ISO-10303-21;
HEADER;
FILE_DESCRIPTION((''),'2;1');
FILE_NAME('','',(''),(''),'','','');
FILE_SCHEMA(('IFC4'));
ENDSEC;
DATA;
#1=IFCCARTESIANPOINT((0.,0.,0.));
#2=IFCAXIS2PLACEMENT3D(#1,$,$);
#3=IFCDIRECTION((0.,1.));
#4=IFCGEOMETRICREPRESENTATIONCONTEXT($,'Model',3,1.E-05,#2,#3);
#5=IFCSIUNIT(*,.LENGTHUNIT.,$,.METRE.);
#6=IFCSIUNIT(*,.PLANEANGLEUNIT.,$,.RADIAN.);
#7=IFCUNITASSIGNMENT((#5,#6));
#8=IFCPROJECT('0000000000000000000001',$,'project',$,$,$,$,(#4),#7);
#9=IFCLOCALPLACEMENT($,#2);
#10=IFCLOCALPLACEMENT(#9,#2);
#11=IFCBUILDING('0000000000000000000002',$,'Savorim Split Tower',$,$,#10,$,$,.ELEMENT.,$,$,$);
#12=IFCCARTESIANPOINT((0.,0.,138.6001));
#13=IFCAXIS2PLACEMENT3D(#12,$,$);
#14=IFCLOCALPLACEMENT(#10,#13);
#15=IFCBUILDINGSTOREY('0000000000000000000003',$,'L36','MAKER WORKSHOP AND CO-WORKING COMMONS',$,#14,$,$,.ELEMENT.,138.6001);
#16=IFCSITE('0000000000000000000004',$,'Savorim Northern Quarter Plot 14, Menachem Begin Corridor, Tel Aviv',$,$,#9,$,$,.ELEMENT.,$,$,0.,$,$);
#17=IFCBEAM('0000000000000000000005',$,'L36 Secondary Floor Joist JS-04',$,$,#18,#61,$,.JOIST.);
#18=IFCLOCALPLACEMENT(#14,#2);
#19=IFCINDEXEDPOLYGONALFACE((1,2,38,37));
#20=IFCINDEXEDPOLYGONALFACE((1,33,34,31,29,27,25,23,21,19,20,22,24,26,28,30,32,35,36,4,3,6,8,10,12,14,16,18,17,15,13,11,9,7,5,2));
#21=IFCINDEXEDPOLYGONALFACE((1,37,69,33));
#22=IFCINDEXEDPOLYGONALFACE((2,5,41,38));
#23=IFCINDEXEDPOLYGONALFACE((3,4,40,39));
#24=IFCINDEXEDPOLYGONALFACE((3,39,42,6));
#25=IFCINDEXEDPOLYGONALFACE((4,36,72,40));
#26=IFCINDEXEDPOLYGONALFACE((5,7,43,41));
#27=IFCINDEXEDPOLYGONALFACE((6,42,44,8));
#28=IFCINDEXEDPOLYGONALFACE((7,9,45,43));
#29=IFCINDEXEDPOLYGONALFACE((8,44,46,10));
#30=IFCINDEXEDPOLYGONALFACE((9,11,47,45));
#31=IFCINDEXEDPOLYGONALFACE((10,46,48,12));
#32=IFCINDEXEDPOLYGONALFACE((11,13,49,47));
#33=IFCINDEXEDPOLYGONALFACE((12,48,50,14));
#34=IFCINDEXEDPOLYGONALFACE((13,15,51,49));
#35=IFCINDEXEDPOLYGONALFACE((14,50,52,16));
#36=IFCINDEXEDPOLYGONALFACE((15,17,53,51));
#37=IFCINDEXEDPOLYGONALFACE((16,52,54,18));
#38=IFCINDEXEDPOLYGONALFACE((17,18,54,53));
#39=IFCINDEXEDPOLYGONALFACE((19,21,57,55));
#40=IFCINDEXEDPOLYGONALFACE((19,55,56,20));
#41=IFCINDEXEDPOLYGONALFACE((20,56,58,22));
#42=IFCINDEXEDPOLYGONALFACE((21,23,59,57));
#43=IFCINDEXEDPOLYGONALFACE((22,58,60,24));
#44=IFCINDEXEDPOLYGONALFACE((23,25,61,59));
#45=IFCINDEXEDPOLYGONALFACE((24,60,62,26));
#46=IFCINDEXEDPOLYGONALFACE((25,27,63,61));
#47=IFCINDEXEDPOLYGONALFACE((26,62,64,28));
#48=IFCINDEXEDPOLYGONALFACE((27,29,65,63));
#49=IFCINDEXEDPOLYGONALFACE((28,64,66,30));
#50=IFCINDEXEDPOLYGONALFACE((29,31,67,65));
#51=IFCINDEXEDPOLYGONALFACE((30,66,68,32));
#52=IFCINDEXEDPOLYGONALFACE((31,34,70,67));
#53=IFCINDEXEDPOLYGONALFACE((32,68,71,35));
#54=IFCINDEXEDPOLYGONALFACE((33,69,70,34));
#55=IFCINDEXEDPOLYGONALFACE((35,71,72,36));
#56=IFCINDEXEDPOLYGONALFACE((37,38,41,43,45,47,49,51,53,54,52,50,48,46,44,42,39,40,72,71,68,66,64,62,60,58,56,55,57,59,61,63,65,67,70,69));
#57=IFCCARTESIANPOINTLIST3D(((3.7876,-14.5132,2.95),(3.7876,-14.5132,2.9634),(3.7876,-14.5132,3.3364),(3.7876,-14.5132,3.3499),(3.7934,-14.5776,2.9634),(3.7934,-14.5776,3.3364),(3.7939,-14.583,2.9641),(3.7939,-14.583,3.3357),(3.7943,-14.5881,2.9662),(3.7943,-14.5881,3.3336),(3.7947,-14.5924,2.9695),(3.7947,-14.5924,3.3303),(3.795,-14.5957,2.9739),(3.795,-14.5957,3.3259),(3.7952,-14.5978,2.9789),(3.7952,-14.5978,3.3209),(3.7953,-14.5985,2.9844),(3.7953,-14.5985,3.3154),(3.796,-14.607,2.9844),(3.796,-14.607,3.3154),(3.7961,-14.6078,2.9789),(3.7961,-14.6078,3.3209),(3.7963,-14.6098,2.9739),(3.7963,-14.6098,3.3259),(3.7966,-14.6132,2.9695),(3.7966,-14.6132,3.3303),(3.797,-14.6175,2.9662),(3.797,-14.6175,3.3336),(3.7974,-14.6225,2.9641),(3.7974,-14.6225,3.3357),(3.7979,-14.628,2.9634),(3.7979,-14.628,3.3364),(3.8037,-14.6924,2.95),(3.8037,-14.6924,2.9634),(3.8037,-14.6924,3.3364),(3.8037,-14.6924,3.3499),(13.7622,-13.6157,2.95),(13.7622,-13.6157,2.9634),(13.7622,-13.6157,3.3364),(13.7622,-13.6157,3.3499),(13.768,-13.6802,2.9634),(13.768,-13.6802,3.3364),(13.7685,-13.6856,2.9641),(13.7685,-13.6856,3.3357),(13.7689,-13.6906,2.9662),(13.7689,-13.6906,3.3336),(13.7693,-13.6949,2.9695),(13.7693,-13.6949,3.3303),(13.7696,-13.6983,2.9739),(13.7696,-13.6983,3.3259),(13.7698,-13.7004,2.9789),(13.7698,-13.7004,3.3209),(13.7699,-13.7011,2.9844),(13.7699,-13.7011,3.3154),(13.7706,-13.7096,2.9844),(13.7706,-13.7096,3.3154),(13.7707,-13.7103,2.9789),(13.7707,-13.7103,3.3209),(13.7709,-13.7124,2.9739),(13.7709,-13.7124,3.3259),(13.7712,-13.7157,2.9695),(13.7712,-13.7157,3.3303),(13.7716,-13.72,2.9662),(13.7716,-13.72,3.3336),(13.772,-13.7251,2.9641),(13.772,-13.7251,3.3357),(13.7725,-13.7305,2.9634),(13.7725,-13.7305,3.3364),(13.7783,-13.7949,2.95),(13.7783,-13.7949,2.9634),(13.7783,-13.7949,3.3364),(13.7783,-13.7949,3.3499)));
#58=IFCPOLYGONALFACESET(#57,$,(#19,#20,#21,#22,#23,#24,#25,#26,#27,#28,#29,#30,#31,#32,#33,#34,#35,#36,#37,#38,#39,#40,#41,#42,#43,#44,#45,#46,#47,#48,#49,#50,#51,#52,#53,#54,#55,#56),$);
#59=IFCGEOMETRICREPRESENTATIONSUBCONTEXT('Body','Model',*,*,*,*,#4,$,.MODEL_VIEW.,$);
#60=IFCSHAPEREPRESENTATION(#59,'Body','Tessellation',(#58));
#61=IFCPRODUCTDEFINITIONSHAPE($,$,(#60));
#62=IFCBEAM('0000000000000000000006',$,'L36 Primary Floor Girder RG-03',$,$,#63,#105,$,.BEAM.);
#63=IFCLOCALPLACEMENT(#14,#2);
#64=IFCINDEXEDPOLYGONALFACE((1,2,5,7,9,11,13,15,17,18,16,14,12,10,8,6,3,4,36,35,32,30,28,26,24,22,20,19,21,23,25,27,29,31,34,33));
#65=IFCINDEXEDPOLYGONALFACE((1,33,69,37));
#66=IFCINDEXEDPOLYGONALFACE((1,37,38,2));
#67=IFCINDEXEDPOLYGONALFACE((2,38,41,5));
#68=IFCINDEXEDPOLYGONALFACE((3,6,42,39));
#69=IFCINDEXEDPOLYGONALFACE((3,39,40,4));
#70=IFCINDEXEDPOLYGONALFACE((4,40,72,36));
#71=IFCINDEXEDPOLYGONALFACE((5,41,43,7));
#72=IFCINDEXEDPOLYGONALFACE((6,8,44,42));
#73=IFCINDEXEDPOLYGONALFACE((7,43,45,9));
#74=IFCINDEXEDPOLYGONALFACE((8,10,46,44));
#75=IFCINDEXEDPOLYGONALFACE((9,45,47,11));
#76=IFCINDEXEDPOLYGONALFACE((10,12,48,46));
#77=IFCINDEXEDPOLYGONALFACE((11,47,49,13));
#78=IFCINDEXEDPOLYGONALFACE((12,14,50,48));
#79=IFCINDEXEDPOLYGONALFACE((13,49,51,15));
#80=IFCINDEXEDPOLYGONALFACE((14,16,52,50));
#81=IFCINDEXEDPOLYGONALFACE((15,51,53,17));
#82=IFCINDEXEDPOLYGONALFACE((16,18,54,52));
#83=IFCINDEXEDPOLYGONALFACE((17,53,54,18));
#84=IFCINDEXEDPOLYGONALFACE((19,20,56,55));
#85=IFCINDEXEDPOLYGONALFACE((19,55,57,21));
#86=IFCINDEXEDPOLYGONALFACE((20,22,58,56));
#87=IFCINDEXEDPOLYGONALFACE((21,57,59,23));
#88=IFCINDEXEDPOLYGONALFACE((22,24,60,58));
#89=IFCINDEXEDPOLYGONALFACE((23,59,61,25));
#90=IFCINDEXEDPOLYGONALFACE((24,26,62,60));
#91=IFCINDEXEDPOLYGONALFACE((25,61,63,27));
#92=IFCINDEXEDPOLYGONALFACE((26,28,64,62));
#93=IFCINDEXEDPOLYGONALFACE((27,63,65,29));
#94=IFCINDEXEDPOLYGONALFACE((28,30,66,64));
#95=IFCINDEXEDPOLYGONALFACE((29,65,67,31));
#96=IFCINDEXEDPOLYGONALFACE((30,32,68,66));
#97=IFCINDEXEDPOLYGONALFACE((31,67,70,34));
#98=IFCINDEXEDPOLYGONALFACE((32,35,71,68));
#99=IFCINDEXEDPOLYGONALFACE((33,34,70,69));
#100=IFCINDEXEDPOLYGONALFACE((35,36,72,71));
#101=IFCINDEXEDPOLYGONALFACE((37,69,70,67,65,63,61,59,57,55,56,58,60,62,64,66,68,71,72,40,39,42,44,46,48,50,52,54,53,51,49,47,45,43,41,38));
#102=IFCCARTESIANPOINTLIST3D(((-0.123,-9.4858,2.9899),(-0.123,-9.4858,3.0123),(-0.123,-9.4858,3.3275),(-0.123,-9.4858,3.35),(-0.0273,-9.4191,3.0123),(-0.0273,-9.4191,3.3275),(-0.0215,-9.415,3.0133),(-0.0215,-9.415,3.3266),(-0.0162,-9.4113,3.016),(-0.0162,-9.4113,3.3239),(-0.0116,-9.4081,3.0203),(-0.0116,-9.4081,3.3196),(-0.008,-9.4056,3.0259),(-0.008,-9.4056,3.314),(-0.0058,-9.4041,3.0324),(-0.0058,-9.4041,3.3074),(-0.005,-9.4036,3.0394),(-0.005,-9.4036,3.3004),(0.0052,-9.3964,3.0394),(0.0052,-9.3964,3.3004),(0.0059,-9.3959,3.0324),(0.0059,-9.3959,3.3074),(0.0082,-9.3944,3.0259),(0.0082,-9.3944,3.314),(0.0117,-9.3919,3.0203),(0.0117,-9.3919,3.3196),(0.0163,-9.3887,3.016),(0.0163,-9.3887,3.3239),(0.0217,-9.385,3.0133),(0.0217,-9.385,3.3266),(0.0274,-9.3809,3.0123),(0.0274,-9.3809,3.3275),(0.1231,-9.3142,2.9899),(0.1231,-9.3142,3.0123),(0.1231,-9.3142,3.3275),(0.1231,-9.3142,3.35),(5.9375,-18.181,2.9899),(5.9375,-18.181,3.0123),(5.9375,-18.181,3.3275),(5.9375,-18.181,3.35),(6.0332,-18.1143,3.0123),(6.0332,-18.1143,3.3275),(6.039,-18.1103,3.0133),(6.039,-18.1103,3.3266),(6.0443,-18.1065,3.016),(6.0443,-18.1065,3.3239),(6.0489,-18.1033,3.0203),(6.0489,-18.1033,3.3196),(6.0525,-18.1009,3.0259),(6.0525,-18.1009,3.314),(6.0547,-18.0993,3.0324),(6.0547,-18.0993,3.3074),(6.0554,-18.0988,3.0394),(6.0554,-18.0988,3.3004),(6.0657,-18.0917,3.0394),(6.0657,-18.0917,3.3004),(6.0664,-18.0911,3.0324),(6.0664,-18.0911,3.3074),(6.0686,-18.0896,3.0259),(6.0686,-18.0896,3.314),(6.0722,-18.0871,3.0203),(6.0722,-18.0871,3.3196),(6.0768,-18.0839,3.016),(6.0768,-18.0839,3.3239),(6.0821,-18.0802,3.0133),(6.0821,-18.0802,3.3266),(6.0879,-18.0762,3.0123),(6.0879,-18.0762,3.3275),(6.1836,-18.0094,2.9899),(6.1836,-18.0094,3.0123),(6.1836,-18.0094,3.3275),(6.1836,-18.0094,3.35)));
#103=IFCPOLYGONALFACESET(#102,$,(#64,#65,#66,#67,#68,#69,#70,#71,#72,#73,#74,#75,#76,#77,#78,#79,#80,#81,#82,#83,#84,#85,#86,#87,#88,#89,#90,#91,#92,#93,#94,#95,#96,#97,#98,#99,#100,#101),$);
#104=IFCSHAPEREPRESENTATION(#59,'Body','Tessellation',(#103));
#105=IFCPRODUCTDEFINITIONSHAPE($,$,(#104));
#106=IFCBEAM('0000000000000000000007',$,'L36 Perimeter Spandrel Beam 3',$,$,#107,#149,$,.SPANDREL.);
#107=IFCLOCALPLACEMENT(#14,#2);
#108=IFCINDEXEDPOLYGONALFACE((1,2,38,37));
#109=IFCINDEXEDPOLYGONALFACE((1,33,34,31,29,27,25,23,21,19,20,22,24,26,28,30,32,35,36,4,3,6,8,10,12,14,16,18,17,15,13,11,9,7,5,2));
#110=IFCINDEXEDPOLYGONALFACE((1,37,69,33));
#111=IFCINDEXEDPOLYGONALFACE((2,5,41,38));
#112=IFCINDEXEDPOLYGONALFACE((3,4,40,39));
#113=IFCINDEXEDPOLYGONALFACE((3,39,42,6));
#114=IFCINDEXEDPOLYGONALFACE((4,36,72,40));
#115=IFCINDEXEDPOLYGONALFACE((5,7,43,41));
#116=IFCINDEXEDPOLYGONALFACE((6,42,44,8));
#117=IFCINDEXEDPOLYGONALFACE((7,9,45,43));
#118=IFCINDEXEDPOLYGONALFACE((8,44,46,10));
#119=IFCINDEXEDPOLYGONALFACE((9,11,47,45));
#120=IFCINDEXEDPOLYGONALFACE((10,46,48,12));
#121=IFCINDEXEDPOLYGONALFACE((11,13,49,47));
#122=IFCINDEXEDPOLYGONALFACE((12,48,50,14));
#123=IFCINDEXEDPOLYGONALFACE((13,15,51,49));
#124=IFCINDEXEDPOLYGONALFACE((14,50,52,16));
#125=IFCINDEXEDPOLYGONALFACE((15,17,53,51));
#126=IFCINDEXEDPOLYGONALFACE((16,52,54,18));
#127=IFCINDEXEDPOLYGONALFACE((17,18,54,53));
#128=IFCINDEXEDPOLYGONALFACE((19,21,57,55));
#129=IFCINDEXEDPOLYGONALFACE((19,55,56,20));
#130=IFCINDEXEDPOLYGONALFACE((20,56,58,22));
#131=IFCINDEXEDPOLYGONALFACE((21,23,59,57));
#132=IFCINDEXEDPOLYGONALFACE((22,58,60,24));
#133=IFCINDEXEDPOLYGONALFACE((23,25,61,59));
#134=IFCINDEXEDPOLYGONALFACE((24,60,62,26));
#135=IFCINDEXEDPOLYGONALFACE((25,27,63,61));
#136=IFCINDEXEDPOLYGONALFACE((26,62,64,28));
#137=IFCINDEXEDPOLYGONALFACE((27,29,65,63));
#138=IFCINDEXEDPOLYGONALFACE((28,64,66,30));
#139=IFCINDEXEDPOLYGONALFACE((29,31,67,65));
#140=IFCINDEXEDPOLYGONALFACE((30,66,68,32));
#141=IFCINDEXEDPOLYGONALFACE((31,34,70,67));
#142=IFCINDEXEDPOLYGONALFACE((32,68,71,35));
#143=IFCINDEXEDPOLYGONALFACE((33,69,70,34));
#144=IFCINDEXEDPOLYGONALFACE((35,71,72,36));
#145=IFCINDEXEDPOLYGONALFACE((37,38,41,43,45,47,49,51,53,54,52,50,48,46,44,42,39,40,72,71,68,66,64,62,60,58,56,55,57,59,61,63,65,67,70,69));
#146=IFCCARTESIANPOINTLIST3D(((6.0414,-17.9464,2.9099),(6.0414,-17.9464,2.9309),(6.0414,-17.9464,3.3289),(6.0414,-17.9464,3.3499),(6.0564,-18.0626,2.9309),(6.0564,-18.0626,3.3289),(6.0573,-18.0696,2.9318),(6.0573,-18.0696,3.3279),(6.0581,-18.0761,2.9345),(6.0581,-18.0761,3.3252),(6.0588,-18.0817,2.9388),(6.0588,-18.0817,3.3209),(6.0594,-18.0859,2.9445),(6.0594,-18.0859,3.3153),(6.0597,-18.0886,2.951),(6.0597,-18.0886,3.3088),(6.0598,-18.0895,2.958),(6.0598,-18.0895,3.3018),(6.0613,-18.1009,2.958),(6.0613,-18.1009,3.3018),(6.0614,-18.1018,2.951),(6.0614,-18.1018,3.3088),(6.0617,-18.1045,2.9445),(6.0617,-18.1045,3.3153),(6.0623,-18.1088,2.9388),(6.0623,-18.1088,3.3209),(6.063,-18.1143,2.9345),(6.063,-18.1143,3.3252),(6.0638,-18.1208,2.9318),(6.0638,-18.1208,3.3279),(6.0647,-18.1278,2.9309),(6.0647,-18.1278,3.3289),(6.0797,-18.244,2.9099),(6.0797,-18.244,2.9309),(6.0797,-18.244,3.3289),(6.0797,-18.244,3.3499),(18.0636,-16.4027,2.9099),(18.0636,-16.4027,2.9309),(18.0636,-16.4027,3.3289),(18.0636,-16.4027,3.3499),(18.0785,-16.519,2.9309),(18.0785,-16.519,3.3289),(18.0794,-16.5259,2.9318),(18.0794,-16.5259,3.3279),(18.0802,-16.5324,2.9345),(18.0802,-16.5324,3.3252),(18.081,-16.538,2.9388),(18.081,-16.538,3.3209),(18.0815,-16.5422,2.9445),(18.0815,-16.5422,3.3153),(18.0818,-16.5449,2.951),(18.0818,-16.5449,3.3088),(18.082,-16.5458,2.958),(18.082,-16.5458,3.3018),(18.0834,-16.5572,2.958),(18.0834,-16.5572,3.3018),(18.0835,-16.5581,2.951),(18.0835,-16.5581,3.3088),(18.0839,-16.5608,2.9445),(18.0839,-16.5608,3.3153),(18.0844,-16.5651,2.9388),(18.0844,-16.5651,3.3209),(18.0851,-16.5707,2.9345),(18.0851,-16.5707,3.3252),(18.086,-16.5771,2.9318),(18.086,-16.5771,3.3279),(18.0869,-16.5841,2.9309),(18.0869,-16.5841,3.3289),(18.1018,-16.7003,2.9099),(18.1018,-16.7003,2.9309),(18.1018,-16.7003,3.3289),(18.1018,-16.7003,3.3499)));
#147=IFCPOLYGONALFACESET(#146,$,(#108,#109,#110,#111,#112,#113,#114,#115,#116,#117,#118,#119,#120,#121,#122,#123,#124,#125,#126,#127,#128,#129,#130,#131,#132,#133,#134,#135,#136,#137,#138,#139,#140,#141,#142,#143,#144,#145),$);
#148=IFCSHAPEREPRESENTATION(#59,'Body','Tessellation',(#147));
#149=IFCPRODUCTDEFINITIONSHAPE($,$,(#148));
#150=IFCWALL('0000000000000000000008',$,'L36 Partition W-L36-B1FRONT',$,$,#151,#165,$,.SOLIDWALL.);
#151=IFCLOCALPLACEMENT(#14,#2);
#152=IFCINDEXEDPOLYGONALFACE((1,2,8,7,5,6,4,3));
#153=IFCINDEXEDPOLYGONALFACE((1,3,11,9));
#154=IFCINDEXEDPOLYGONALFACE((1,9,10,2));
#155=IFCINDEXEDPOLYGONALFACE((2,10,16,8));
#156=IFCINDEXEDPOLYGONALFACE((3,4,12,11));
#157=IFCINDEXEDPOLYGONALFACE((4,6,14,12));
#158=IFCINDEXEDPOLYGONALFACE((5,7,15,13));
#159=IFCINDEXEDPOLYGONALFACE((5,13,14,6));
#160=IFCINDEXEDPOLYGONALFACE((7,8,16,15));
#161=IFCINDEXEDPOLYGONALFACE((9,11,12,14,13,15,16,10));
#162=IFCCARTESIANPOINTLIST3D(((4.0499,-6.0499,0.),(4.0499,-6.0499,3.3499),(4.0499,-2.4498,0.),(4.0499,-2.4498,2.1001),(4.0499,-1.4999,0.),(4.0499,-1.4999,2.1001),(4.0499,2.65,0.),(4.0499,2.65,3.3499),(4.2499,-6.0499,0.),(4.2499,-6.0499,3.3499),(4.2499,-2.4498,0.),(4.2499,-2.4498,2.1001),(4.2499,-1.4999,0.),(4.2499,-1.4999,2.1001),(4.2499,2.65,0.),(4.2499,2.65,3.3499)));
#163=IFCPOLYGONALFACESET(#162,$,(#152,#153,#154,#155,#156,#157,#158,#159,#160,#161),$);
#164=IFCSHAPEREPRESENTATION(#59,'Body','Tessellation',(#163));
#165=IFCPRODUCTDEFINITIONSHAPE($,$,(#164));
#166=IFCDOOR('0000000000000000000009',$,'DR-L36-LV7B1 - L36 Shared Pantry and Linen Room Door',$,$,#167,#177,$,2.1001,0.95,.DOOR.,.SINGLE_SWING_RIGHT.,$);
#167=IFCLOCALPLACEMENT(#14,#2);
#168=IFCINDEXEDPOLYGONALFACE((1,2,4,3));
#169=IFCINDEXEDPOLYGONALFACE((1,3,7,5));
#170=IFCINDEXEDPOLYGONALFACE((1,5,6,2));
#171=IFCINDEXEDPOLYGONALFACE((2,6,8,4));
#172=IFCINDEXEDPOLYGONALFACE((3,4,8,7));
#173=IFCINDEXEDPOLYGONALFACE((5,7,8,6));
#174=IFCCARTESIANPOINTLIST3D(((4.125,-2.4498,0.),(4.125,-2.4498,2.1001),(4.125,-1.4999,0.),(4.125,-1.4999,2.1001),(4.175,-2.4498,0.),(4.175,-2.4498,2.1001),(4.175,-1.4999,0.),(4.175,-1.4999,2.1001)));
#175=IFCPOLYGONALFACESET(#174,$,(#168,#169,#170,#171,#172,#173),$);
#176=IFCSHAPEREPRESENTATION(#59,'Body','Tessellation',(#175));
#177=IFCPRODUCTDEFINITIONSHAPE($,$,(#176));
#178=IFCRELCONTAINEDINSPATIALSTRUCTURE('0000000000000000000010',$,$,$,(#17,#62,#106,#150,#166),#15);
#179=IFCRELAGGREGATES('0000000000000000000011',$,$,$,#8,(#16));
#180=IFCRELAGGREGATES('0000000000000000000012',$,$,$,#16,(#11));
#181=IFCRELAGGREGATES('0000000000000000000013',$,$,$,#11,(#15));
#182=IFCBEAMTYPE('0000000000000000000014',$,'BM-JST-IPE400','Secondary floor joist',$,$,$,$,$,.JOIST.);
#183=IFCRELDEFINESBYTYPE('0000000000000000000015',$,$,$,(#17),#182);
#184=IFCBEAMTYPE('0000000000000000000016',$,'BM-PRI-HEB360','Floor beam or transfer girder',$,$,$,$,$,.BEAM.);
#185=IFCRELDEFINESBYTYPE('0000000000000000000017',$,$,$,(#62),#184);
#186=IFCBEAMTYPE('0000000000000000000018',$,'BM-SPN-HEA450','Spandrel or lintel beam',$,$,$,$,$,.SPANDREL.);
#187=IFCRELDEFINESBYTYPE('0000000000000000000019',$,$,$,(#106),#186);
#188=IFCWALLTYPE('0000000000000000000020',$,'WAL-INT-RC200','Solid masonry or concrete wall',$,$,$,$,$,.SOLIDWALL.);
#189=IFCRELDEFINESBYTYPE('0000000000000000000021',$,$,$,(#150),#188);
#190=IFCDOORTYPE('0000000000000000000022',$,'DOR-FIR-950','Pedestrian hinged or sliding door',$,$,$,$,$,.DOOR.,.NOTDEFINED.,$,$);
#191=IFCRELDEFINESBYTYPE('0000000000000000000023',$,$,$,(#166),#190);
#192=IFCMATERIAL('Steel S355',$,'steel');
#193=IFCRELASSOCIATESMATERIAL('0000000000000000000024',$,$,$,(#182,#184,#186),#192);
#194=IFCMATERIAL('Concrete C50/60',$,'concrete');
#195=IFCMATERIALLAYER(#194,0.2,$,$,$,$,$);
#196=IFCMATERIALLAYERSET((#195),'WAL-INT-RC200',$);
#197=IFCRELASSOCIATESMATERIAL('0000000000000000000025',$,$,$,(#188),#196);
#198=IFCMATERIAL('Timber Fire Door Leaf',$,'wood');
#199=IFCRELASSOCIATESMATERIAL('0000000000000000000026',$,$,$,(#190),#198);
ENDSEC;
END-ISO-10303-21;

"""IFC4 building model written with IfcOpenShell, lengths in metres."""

from ifc_helpers import new_model, si_unit, direction, frame, frame_2d, origin, origin_2d, place, context, subcontext, project, spatial, rectangle, i_section, extrude, material, layer, layer_set, material_profile, profile_set, type_object, element, fill, save


model = new_model("IFC4")

# Units and contexts
model_context = context("Model", 3, precision=1e-05, world=origin(), true_north=direction((0.0, 1.0)))
body_context = subcontext(model_context, "Body", "Model", "MODEL_VIEW")
ifc_project = project(units=[si_unit("LENGTHUNIT", "METRE"), si_unit("PLANEANGLEUNIT", "RADIAN")], contexts=[model_context])

# Site, building, storey
site_placement = place(None, origin())
site = spatial("IfcSite", under=ifc_project, at=site_placement, Name="Savorim Northern Quarter Plot 14, Menachem Begin Corridor, Tel Aviv", CompositionType="ELEMENT", RefElevation=0.0)
building_placement = place(site_placement, origin())
building = spatial("IfcBuilding", under=site, at=building_placement, Name="Savorim Split Tower", CompositionType="ELEMENT")
storey_placement = place(building_placement, frame((0.0, 0.0, 138.6001)))
storey = spatial("IfcBuildingStorey", under=building, at=storey_placement, Name="L36", Description="MAKER WORKSHOP AND CO-WORKING COMMONS", CompositionType="ELEMENT", Elevation=138.6001)

# Beams
ifc_material_1 = material(Name="Steel S355", Category="steel")
ifc_material_profile_1 = material_profile(ifc_material_1, i_section(OverallWidth=0.1799, OverallDepth=0.3999, WebThickness=0.0085, FlangeThickness=0.0134, FilletRadius=0.021, at=origin_2d()), Name="IPE 400")
ifc_profile_set_1 = profile_set([ifc_material_profile_1], Name="Steel S355")
beam_type_1 = type_object("IfcBeamType", Name="BM-JST-IPE400", Description="Secondary floor joist", PredefinedType="JOIST", material=ifc_profile_set_1)
beam_1_placement = place(storey_placement, frame((3.7957, -14.6028, 3.1499), z_axis=(0.995977, 0.089613, 0.0), x_axis=(-0.089613, 0.995977, 0.0)))
element("IfcBeam", 1, at=beam_1_placement, inside=storey, type_object=beam_type_1, Name="L36 Secondary Floor Joist JS-04", PredefinedType="JOIST", context=body_context, shape_type="SweptSolid", body=[
    extrude(i_section(OverallWidth=0.1799, OverallDepth=0.3999, WebThickness=0.0085, FlangeThickness=0.0134, FilletRadius=0.021, at=origin_2d()), origin(), (0.0, 0.0, 1.0), 10.0149),
])
ifc_material_profile_2 = material_profile(ifc_material_1, i_section(OverallWidth=0.3, OverallDepth=0.3601, WebThickness=0.0125, FlangeThickness=0.0225, FilletRadius=0.0271, at=origin_2d()), Name="HEB 360")
ifc_profile_set_2 = profile_set([ifc_material_profile_2], Name="Steel S355")
beam_type_2 = type_object("IfcBeamType", Name="BM-PRI-HEB360", Description="Floor beam or transfer girder", PredefinedType="BEAM", material=ifc_profile_set_2)
beam_2_placement = place(storey_placement, frame((6.0605, -18.0952, 3.1699), z_axis=(-0.571804, 0.82039, 0.0), x_axis=(-0.82039, -0.571804, 0.0)))
element("IfcBeam", 2, at=beam_2_placement, inside=storey, type_object=beam_type_2, Name="L36 Primary Floor Girder RG-03", PredefinedType="BEAM", context=body_context, shape_type="SweptSolid", body=[
    extrude(i_section(OverallWidth=0.3, OverallDepth=0.3601, WebThickness=0.0125, FlangeThickness=0.0225, FilletRadius=0.0271, at=origin_2d()), origin(), (0.0, 0.0, 1.0), 10.5989),
])
ifc_material_profile_3 = material_profile(ifc_material_1, i_section(OverallWidth=0.3, OverallDepth=0.4399, WebThickness=0.0115, FlangeThickness=0.021, FilletRadius=0.0271, at=origin_2d()), Name="HEA 450")
ifc_profile_set_3 = profile_set([ifc_material_profile_3], Name="Steel S355")
beam_type_3 = type_object("IfcBeamType", Name="BM-SPN-HEA450", Description="Spandrel or lintel beam", PredefinedType="SPANDREL", material=ifc_profile_set_3)
beam_3_placement = place(storey_placement, frame((6.0605, -18.0952, 3.1299), z_axis=(0.991857, 0.127358, 0.0), x_axis=(-0.127358, 0.991857, 0.0)))
element("IfcBeam", 3, at=beam_3_placement, inside=storey, type_object=beam_type_3, Name="L36 Perimeter Spandrel Beam 3", PredefinedType="SPANDREL", context=body_context, shape_type="SweptSolid", body=[
    extrude(i_section(OverallWidth=0.3, OverallDepth=0.4399, WebThickness=0.0115, FlangeThickness=0.021, FilletRadius=0.0271, at=origin_2d()), origin(), (0.0, 0.0, 1.0), 12.1208),
])

# Wall, opening, door
ifc_material_2 = material(Name="Concrete C50/60", Category="concrete")
ifc_layer_1 = layer(ifc_material_2, 0.2)
ifc_layer_set_1 = layer_set([ifc_layer_1], Name="WAL-INT-RC200")
wall_type_1 = type_object("IfcWallType", Name="WAL-INT-RC200", Description="Solid masonry or concrete wall", PredefinedType="SOLIDWALL", material=ifc_layer_set_1)
wall_1_placement = place(storey_placement, frame((4.1499, -6.05, 0.0), z_axis=(0.0, 0.0, 1.0), x_axis=(0.0, 1.0, 0.0)))
wall_1 = element("IfcWall", 4, at=wall_1_placement, inside=storey, type_object=wall_type_1, Name="L36 Partition W-L36-B1FRONT", PredefinedType="SOLIDWALL", context=body_context, shape_type="SweptSolid", body=[
    extrude(rectangle(XDim=8.7, YDim=0.2, at=frame_2d((4.3501, 0.0))), origin(), (0.0, 0.0, 1.0), 3.3499),
])
opening_1_placement = place(wall_1_placement, frame((3.6001, 0.0, 0.0)))
opening_1 = element("IfcOpeningElement", 5, at=opening_1_placement, cuts=wall_1, PredefinedType="OPENING", context=body_context, shape_type="SweptSolid", body=[
    extrude(rectangle(XDim=0.95, YDim=2.1001, at=frame_2d((0.4751, 1.05))), frame((0.0, 0.1099, 0.0), z_axis=(0.0, -1.0, 0.0), x_axis=(1.0, 0.0, 0.0)), (0.0, 0.0, 1.0), 0.22),
])
ifc_material_3 = material(Name="Timber Fire Door Leaf", Category="wood")
door_type_1 = type_object("IfcDoorType", Name="DOR-FIR-950", Description="Pedestrian hinged or sliding door", OperationType="NOTDEFINED", PredefinedType="DOOR", material=ifc_material_3)
door_1_placement = place(opening_1_placement, origin())
door_1 = element("IfcDoor", 6, at=door_1_placement, inside=storey, type_object=door_type_1, Name="DR-L36-LV7B1 - L36 Shared Pantry and Linen Room Door", OperationType="SINGLE_SWING_RIGHT", OverallHeight=2.1001, OverallWidth=0.95, PredefinedType="DOOR", context=body_context, shape_type="SweptSolid", body=[
    extrude(rectangle(XDim=0.95, YDim=2.1001, at=frame_2d((0.4751, 1.05))), frame((0.0, 0.0249, 0.0), z_axis=(0.0, -1.0, 0.0), x_axis=(1.0, 0.0, 0.0)), (0.0, 0.0, 1.0), 0.05),
])
fill(opening_1, door_1)

save(model, "model.ifc")
